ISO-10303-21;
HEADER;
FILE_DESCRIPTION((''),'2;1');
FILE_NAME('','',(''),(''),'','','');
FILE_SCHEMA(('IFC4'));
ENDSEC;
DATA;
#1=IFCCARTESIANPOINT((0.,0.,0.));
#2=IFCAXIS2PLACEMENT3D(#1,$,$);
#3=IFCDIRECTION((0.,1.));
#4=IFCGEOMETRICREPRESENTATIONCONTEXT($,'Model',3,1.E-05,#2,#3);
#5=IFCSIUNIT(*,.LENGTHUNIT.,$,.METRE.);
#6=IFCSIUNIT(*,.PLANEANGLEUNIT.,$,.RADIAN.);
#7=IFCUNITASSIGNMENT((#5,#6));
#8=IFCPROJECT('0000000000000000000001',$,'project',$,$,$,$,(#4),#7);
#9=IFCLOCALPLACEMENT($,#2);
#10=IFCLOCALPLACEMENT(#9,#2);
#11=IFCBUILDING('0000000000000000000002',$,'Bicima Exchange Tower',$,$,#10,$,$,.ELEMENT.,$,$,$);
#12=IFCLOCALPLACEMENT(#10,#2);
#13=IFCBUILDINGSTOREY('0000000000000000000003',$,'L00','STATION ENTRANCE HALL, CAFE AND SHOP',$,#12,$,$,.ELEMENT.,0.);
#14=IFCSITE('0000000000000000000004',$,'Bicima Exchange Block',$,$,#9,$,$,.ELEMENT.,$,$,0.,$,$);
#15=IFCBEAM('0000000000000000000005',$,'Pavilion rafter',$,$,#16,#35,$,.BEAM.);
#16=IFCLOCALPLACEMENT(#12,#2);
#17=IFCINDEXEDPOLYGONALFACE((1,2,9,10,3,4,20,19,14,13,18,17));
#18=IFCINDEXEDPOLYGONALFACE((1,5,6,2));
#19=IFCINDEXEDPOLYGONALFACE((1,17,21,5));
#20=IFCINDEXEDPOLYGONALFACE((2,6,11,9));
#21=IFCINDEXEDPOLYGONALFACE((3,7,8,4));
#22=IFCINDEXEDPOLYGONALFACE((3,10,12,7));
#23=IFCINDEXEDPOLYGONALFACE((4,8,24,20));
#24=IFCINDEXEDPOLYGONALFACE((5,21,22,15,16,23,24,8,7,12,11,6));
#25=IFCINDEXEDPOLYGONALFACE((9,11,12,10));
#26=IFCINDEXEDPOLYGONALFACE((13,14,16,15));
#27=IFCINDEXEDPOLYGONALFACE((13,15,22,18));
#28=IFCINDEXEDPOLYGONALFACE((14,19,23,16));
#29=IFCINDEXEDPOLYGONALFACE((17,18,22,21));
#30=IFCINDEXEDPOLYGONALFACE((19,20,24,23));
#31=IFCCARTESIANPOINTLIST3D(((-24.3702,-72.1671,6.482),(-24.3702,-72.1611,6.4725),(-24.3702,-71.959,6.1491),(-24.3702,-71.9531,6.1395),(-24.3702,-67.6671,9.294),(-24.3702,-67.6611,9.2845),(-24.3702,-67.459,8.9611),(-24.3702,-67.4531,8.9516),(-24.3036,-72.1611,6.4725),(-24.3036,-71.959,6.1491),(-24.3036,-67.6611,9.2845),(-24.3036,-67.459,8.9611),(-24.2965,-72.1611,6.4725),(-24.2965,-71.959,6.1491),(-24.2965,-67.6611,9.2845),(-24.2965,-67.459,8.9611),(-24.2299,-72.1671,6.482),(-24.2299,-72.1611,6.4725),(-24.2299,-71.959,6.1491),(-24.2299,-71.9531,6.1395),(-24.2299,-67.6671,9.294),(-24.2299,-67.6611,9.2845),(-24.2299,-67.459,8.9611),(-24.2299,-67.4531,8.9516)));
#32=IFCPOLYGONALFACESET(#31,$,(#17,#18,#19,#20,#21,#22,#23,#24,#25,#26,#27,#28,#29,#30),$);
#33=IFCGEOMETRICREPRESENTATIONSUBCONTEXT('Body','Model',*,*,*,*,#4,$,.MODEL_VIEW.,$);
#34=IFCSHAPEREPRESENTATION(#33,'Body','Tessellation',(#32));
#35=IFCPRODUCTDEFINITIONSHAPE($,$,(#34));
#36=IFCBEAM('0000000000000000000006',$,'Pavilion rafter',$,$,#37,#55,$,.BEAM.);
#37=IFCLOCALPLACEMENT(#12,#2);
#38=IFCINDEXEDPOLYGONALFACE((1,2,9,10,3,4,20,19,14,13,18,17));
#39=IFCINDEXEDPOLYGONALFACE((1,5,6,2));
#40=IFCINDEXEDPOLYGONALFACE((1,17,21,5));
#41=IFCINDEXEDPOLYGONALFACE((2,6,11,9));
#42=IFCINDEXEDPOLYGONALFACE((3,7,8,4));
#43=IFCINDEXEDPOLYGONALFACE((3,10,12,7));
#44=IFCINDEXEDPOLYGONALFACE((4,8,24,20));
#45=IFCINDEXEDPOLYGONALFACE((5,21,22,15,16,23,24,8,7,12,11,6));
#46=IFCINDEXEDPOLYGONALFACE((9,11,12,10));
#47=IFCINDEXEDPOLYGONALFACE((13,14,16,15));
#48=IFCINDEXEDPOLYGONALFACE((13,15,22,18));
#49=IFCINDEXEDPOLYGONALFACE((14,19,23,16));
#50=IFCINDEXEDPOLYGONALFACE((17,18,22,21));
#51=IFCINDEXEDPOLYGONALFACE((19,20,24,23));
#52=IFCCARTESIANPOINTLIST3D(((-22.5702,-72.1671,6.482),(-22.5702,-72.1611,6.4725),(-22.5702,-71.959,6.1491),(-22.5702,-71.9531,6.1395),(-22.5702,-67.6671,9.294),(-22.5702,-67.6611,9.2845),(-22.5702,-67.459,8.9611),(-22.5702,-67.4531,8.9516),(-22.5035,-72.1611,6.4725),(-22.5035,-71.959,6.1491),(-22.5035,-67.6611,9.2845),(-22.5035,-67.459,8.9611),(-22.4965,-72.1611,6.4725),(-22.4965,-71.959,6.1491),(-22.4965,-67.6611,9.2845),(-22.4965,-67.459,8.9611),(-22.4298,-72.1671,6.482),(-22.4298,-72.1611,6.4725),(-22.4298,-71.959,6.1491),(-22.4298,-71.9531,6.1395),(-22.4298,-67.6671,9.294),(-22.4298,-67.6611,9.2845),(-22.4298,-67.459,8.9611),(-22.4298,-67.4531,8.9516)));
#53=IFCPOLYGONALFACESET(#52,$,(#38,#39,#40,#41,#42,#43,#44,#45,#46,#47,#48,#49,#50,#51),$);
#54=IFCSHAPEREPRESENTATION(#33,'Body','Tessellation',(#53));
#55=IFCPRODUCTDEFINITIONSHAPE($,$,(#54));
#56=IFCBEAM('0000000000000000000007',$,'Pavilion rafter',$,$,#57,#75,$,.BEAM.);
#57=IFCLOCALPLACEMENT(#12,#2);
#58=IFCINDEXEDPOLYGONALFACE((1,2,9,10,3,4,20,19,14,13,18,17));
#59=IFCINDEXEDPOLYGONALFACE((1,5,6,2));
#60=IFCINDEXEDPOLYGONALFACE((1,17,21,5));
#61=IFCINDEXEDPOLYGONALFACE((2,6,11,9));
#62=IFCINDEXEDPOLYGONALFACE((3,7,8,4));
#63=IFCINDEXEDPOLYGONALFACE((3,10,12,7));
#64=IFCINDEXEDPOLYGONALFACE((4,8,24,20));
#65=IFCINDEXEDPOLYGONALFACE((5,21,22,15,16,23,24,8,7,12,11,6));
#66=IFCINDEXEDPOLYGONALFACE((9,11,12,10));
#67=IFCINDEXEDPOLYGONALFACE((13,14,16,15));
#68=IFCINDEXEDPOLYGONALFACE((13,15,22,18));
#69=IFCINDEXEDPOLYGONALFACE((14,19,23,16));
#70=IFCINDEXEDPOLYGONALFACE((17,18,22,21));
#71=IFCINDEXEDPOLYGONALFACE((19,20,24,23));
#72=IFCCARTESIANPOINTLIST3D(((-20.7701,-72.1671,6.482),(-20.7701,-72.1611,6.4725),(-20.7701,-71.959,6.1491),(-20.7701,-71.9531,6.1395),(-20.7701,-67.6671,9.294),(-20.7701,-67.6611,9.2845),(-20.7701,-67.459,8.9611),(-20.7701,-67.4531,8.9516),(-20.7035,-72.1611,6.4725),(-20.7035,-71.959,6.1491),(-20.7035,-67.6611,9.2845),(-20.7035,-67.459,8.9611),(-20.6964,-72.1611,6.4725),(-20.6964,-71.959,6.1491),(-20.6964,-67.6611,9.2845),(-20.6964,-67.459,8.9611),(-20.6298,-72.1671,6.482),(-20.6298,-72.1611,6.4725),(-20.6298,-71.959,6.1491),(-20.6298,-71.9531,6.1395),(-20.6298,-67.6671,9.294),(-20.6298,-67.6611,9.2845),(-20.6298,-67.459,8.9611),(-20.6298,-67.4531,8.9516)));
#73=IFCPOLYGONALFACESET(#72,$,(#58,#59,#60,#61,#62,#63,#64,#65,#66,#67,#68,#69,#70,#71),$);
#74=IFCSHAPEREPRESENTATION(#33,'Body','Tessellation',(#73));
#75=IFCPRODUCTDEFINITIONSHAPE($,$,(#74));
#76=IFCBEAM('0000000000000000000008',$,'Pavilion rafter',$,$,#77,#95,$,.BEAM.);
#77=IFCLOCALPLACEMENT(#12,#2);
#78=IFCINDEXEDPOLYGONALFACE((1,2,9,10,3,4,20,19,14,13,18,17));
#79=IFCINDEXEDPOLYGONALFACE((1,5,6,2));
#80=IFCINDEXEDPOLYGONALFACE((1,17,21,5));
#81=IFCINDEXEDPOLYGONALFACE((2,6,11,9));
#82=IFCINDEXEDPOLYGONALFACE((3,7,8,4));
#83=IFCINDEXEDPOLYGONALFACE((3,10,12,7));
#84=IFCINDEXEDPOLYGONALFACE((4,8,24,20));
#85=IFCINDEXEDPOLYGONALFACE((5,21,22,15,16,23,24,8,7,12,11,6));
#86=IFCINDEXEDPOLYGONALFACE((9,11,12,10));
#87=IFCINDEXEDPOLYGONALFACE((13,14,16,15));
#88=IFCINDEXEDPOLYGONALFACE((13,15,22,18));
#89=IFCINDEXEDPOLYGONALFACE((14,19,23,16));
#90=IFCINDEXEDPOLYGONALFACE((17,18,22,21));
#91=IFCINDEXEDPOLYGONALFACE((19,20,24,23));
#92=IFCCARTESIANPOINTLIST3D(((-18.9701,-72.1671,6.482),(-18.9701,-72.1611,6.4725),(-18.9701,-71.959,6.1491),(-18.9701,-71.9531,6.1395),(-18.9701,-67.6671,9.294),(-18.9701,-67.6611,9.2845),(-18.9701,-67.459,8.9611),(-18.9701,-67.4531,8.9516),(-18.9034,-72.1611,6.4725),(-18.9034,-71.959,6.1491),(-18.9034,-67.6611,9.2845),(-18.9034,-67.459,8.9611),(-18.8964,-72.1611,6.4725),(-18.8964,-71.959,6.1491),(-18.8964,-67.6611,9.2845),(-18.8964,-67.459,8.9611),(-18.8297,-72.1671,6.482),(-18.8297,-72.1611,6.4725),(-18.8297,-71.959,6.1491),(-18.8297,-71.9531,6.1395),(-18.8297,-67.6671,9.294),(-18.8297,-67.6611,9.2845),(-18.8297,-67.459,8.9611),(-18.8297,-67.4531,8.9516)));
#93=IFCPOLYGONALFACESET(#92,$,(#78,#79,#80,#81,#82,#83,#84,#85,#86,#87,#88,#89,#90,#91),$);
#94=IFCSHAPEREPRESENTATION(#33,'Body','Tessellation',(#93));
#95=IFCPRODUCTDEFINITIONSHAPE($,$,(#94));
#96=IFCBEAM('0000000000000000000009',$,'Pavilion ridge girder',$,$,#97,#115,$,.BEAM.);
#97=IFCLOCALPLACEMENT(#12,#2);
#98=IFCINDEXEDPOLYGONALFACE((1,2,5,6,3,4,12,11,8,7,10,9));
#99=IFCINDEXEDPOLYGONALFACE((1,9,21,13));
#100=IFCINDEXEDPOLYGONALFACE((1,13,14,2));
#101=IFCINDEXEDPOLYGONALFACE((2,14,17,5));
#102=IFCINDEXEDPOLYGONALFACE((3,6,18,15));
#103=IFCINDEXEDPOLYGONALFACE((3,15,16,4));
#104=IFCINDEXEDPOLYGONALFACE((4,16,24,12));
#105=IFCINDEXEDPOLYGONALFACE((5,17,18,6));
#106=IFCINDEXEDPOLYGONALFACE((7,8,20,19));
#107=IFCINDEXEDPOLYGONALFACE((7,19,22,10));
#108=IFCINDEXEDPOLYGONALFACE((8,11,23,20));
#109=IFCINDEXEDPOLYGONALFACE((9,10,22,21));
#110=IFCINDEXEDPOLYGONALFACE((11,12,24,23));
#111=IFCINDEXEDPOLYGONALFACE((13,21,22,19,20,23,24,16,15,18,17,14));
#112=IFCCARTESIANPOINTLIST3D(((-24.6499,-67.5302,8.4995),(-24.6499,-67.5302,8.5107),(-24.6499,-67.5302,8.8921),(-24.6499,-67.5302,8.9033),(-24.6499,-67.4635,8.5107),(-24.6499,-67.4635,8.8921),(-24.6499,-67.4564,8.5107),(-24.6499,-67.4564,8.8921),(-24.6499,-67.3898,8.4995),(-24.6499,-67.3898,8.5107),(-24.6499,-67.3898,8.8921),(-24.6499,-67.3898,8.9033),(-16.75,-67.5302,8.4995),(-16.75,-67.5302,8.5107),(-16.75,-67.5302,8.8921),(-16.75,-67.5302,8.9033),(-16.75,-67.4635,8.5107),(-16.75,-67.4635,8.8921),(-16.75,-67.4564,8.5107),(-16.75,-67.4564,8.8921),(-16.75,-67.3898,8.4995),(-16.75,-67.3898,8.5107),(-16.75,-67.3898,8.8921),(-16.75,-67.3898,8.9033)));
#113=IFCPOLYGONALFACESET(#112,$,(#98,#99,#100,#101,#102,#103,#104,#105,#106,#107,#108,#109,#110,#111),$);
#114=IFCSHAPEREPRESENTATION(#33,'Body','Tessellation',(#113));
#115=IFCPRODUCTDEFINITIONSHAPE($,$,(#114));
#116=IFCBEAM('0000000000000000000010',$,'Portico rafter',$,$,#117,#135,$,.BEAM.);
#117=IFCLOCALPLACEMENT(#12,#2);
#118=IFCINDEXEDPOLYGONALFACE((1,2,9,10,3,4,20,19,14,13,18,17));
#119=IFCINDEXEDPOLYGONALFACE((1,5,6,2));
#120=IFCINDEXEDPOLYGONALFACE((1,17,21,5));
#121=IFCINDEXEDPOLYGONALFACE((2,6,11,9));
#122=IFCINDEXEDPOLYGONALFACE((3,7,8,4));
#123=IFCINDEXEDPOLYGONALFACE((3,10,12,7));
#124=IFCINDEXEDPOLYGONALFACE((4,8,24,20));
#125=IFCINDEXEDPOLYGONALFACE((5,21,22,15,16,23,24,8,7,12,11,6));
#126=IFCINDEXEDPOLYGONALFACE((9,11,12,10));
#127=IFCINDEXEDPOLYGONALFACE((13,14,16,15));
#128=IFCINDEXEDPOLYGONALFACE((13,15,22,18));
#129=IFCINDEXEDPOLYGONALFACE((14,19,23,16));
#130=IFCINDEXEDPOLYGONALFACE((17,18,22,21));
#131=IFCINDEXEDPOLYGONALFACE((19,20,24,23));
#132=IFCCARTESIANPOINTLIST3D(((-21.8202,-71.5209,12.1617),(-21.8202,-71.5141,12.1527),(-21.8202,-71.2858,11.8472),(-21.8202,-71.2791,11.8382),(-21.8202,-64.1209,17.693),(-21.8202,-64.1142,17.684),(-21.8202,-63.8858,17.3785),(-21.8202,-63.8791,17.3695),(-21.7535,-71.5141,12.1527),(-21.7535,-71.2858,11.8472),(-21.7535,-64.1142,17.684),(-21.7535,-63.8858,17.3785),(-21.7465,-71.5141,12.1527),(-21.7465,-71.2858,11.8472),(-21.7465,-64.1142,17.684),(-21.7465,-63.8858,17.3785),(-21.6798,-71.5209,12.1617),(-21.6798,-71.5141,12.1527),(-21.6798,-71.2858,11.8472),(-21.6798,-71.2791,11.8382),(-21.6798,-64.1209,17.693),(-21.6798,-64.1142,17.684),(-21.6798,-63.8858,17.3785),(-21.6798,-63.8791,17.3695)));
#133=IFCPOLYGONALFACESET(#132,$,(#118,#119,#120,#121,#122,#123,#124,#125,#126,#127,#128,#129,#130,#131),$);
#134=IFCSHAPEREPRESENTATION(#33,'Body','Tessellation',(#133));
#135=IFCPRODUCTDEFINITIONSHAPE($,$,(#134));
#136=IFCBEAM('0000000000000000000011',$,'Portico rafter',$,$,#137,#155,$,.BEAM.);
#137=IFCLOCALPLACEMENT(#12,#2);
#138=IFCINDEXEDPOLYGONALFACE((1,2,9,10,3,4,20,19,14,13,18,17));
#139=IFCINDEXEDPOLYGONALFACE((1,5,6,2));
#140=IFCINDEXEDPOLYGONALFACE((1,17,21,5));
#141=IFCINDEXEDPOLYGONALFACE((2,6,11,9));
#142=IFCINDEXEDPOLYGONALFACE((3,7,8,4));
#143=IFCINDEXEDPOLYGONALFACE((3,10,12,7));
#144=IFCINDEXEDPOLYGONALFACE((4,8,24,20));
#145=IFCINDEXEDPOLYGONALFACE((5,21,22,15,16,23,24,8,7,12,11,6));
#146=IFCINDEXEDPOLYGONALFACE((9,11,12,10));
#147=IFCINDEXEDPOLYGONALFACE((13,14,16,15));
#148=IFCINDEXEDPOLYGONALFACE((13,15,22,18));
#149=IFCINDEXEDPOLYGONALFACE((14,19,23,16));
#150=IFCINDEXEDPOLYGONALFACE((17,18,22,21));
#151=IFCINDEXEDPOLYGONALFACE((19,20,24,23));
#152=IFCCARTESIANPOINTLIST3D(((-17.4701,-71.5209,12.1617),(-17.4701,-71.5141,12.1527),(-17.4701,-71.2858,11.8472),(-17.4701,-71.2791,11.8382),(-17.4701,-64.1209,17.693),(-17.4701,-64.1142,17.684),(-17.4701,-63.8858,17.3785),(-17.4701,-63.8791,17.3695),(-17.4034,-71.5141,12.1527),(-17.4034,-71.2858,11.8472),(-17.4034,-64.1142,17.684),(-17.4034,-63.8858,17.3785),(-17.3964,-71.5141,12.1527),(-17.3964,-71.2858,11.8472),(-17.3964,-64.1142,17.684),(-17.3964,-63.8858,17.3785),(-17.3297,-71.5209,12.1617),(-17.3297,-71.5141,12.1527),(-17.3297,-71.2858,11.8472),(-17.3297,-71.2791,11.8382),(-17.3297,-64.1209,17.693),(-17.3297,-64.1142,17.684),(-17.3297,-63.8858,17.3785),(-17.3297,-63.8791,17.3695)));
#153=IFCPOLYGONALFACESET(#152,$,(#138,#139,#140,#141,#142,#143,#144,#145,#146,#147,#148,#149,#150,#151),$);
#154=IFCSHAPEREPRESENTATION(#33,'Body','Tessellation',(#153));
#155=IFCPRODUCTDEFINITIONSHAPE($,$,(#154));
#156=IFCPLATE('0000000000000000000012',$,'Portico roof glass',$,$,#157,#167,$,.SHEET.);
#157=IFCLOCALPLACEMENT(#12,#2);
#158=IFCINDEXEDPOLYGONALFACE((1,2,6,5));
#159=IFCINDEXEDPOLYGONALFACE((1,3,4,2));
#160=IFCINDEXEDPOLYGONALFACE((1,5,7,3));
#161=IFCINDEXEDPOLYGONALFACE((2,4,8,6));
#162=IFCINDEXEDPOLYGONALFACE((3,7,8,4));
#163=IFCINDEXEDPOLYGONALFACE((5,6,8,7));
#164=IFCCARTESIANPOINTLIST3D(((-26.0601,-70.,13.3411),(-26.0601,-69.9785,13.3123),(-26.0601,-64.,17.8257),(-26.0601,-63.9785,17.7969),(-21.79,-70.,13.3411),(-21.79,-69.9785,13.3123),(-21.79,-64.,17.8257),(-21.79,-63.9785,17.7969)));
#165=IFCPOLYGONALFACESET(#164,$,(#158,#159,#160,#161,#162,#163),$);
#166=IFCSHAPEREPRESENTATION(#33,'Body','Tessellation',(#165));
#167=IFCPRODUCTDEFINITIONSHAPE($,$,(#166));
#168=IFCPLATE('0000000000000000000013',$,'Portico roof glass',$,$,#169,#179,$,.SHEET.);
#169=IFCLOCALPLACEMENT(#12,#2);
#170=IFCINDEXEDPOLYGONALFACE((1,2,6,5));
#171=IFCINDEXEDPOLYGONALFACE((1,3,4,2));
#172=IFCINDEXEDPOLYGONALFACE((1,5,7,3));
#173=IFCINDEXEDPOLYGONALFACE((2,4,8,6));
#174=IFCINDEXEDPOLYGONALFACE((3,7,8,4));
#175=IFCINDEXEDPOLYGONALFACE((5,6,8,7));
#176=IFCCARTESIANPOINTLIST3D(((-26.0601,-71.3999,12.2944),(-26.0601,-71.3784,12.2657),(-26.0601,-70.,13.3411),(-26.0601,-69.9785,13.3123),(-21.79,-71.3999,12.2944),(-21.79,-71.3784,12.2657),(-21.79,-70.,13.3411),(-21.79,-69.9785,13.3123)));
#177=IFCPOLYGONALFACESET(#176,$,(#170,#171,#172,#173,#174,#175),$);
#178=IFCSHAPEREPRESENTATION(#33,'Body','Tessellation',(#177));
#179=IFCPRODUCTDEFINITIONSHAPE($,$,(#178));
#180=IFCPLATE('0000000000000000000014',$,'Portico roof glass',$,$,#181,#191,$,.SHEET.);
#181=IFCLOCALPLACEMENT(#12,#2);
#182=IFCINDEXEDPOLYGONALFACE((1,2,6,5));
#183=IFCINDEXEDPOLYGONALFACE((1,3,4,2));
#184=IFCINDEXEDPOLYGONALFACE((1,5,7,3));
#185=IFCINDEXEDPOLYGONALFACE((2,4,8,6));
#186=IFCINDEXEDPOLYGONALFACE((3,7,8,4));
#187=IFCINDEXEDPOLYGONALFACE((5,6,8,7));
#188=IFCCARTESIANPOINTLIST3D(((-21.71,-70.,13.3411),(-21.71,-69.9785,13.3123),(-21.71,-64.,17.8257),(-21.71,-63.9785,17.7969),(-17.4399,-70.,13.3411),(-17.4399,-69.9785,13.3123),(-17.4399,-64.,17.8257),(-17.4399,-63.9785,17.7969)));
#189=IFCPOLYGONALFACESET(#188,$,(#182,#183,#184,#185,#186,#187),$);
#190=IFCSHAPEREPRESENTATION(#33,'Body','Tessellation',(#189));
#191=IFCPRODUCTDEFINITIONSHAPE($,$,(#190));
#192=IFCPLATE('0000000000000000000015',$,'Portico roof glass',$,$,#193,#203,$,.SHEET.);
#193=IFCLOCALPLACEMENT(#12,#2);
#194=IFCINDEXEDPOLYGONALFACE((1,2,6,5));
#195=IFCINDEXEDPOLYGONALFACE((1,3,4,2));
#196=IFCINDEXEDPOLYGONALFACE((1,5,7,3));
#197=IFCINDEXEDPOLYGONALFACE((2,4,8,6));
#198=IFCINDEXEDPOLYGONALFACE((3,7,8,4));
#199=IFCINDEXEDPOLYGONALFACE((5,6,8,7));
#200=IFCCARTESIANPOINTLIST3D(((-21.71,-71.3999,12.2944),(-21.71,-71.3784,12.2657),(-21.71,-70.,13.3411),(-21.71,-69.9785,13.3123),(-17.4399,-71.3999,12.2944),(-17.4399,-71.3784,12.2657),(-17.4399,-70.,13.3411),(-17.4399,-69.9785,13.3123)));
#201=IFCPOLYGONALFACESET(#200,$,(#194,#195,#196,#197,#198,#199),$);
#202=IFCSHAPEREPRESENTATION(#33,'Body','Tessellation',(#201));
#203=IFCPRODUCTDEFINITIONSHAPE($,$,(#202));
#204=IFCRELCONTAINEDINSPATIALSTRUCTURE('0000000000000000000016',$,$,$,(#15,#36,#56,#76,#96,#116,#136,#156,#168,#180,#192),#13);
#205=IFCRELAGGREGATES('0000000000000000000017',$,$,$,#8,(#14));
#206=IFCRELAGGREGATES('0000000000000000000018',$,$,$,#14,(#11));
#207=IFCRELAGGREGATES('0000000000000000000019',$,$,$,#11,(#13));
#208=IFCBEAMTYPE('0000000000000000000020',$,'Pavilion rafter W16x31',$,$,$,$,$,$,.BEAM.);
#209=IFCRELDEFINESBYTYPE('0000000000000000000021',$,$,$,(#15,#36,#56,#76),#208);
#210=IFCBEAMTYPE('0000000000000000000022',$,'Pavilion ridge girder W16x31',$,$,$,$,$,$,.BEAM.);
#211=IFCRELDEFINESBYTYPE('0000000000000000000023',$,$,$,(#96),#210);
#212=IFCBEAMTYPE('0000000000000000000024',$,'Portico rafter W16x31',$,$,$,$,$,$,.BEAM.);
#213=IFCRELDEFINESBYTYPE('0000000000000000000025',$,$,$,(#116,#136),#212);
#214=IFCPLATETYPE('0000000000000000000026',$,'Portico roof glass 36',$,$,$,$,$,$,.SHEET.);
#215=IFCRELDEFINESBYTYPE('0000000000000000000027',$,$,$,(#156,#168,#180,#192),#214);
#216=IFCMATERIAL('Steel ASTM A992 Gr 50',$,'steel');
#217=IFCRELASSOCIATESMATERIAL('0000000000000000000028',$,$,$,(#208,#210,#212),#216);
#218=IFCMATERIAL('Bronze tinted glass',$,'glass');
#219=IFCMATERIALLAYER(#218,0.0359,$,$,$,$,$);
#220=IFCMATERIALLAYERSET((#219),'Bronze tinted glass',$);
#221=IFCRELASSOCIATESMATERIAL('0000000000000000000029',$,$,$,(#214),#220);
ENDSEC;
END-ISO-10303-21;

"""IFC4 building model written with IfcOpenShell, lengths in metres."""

from ifc_helpers import new_model, si_unit, direction, frame, origin, origin_2d, place, context, subcontext, project, spatial, polyline, i_section, outline, extrude, material, layer, layer_set, material_profile, profile_set, type_object, element, save


model = new_model("IFC4")

# Units and contexts
model_context = context("Model", 3, precision=1e-05, world=origin(), true_north=direction((0.0, 1.0)))
body_context = subcontext(model_context, "Body", "Model", "MODEL_VIEW")
ifc_project = project(units=[si_unit("LENGTHUNIT", "METRE"), si_unit("PLANEANGLEUNIT", "RADIAN")], contexts=[model_context])

# Site, building, storey
site_placement = place(None, origin())
site = spatial("IfcSite", under=ifc_project, at=site_placement, Name="Bicima Exchange Block", CompositionType="ELEMENT", RefElevation=0.0)
building_placement = place(site_placement, origin())
building = spatial("IfcBuilding", under=site, at=building_placement, Name="Bicima Exchange Tower", CompositionType="ELEMENT")
storey_placement = place(building_placement, origin())
storey = spatial("IfcBuildingStorey", under=building, at=storey_placement, Name="L00", Description="STATION ENTRANCE HALL, CAFE AND SHOP", CompositionType="ELEMENT", Elevation=0.0)

# Beams
ifc_material_1 = material(Name="Steel ASTM A992 Gr 50", Category="steel")
ifc_material_profile_1 = material_profile(ifc_material_1, i_section(OverallWidth=0.1404, OverallDepth=0.4038, WebThickness=0.0071, FlangeThickness=0.0112, at=origin_2d()))
ifc_profile_set_1 = profile_set([ifc_material_profile_1], Name="Steel ASTM A992 Gr 50")
beam_type_1 = type_object("IfcBeamType", Name="Pavilion rafter W16x31", PredefinedType="BEAM", material=ifc_profile_set_1)
for number, where, z_axis, x_axis, name in (
    (1, (-24.3, -67.5601, 9.1228), (0.0, -0.84804, -0.529933), (1.0, 0.0, 0.0), "Pavilion rafter"),
    (2, (-22.5, -67.5601, 9.1228), (0.0, -0.84804, -0.529933), (1.0, 0.0, 0.0), "Pavilion rafter"),
    (3, (-20.7, -67.5601, 9.1228), (0.0, -0.84804, -0.529933), (1.0, 0.0, 0.0), "Pavilion rafter"),
    (4, (-18.8999, -67.5601, 9.1228), (0.0, -0.84804, -0.529933), (1.0, 0.0, 0.0), "Pavilion rafter"),
):
    element("IfcBeam", number, at=place(storey_placement, frame(where, z_axis=z_axis, x_axis=x_axis)), inside=storey, type_object=beam_type_1, Name=name, PredefinedType="BEAM", context=body_context, shape_type="SweptSolid", body=[
        extrude(i_section(OverallWidth=0.1404, OverallDepth=0.4038, WebThickness=0.0071, FlangeThickness=0.0112, at=origin_2d()), origin(), (0.0, 0.0, 1.0), 5.3064),
    ])
beam_type_2 = type_object("IfcBeamType", Name="Pavilion ridge girder W16x31", PredefinedType="BEAM", material=ifc_profile_set_1)
beam_placement = place(storey_placement, frame((-24.6499, -67.46, 8.7014), z_axis=(1.0, 0.0, 0.0), x_axis=(0.0, 1.0, 0.0)))
element("IfcBeam", 5, at=beam_placement, inside=storey, type_object=beam_type_2, Name="Pavilion ridge girder", PredefinedType="BEAM", context=body_context, shape_type="SweptSolid", body=[
    extrude(i_section(OverallWidth=0.1404, OverallDepth=0.4038, WebThickness=0.0071, FlangeThickness=0.0112, at=origin_2d()), origin(), (0.0, 0.0, 1.0), 7.8999),
])
beam_type_3 = type_object("IfcBeamType", Name="Portico rafter W16x31", PredefinedType="BEAM", material=ifc_profile_set_1)
for number, where, z_axis, x_axis, name in (
    (6, (-21.75, -64.0, 17.5312), (0.0, -0.800969, -0.598705), (1.0, 0.0, 0.0), "Portico rafter"),
    (7, (-17.3999, -64.0, 17.5312), (0.0, -0.800969, -0.598705), (1.0, 0.0, 0.0), "Portico rafter"),
):
    element("IfcBeam", number, at=place(storey_placement, frame(where, z_axis=z_axis, x_axis=x_axis)), inside=storey, type_object=beam_type_3, Name=name, PredefinedType="BEAM", context=body_context, shape_type="SweptSolid", body=[
        extrude(i_section(OverallWidth=0.1404, OverallDepth=0.4038, WebThickness=0.0071, FlangeThickness=0.0112, at=origin_2d()), origin(), (0.0, 0.0, 1.0), 9.2388),
    ])

# Plates
ifc_material_2 = material(Name="Bronze tinted glass", Category="glass")
ifc_layer = layer(ifc_material_2, 0.0359)
ifc_layer_set = layer_set([ifc_layer], Name="Bronze tinted glass")
plate_type = type_object("IfcPlateType", Name="Portico roof glass 36", PredefinedType="SHEET", material=ifc_layer_set)
plate_1_placement = place(storey_placement, frame((-26.0601, -64.0, 17.8257), z_axis=(0.0, -0.598685, 0.800985), x_axis=(1.0, 0.0, 0.0)))
element("IfcPlate", 8, at=plate_1_placement, inside=storey, type_object=plate_type, Name="Portico roof glass", PredefinedType="SHEET", context=body_context, shape_type="SweptSolid", body=[
    extrude(outline(polyline([(0.0, 0.0), (4.27, 0.0), (4.27, -7.4908), (0.0, -7.4908), (0.0, 0.0)])), origin(), (0.0, 0.0, -1.0), 0.0359),
])
plate_2_placement = place(storey_placement, frame((-26.0601, -70.0, 13.3411), z_axis=(0.0, -0.598793, 0.800904), x_axis=(1.0, 0.0, 0.0)))
element("IfcPlate", 9, at=plate_2_placement, inside=storey, type_object=plate_type, Name="Portico roof glass", PredefinedType="SHEET", context=body_context, shape_type="SweptSolid", body=[
    extrude(outline(polyline([(0.0, 0.0), (4.27, 0.0), (4.27, -1.7479), (0.0, -1.7479), (0.0, 0.0)])), origin(), (0.0, 0.0, -1.0), 0.0359),
])
plate_3_placement = place(storey_placement, frame((-21.71, -64.0, 17.8257), z_axis=(0.0, -0.598685, 0.800985), x_axis=(1.0, 0.0, 0.0)))
element("IfcPlate", 10, at=plate_3_placement, inside=storey, type_object=plate_type, Name="Portico roof glass", PredefinedType="SHEET", context=body_context, shape_type="SweptSolid", body=[
    extrude(outline(polyline([(0.0, 0.0), (4.27, 0.0), (4.27, -7.4908), (0.0, -7.4908), (0.0, 0.0)])), origin(), (0.0, 0.0, -1.0), 0.0359),
])
plate_4_placement = place(storey_placement, frame((-21.71, -70.0, 13.3411), z_axis=(0.0, -0.598793, 0.800904), x_axis=(1.0, 0.0, 0.0)))
element("IfcPlate", 11, at=plate_4_placement, inside=storey, type_object=plate_type, Name="Portico roof glass", PredefinedType="SHEET", context=body_context, shape_type="SweptSolid", body=[
    extrude(outline(polyline([(0.0, 0.0), (4.27, 0.0), (4.27, -1.7479), (0.0, -1.7479), (0.0, 0.0)])), origin(), (0.0, 0.0, -1.0), 0.0359),
])

save(model, "model.ifc")
